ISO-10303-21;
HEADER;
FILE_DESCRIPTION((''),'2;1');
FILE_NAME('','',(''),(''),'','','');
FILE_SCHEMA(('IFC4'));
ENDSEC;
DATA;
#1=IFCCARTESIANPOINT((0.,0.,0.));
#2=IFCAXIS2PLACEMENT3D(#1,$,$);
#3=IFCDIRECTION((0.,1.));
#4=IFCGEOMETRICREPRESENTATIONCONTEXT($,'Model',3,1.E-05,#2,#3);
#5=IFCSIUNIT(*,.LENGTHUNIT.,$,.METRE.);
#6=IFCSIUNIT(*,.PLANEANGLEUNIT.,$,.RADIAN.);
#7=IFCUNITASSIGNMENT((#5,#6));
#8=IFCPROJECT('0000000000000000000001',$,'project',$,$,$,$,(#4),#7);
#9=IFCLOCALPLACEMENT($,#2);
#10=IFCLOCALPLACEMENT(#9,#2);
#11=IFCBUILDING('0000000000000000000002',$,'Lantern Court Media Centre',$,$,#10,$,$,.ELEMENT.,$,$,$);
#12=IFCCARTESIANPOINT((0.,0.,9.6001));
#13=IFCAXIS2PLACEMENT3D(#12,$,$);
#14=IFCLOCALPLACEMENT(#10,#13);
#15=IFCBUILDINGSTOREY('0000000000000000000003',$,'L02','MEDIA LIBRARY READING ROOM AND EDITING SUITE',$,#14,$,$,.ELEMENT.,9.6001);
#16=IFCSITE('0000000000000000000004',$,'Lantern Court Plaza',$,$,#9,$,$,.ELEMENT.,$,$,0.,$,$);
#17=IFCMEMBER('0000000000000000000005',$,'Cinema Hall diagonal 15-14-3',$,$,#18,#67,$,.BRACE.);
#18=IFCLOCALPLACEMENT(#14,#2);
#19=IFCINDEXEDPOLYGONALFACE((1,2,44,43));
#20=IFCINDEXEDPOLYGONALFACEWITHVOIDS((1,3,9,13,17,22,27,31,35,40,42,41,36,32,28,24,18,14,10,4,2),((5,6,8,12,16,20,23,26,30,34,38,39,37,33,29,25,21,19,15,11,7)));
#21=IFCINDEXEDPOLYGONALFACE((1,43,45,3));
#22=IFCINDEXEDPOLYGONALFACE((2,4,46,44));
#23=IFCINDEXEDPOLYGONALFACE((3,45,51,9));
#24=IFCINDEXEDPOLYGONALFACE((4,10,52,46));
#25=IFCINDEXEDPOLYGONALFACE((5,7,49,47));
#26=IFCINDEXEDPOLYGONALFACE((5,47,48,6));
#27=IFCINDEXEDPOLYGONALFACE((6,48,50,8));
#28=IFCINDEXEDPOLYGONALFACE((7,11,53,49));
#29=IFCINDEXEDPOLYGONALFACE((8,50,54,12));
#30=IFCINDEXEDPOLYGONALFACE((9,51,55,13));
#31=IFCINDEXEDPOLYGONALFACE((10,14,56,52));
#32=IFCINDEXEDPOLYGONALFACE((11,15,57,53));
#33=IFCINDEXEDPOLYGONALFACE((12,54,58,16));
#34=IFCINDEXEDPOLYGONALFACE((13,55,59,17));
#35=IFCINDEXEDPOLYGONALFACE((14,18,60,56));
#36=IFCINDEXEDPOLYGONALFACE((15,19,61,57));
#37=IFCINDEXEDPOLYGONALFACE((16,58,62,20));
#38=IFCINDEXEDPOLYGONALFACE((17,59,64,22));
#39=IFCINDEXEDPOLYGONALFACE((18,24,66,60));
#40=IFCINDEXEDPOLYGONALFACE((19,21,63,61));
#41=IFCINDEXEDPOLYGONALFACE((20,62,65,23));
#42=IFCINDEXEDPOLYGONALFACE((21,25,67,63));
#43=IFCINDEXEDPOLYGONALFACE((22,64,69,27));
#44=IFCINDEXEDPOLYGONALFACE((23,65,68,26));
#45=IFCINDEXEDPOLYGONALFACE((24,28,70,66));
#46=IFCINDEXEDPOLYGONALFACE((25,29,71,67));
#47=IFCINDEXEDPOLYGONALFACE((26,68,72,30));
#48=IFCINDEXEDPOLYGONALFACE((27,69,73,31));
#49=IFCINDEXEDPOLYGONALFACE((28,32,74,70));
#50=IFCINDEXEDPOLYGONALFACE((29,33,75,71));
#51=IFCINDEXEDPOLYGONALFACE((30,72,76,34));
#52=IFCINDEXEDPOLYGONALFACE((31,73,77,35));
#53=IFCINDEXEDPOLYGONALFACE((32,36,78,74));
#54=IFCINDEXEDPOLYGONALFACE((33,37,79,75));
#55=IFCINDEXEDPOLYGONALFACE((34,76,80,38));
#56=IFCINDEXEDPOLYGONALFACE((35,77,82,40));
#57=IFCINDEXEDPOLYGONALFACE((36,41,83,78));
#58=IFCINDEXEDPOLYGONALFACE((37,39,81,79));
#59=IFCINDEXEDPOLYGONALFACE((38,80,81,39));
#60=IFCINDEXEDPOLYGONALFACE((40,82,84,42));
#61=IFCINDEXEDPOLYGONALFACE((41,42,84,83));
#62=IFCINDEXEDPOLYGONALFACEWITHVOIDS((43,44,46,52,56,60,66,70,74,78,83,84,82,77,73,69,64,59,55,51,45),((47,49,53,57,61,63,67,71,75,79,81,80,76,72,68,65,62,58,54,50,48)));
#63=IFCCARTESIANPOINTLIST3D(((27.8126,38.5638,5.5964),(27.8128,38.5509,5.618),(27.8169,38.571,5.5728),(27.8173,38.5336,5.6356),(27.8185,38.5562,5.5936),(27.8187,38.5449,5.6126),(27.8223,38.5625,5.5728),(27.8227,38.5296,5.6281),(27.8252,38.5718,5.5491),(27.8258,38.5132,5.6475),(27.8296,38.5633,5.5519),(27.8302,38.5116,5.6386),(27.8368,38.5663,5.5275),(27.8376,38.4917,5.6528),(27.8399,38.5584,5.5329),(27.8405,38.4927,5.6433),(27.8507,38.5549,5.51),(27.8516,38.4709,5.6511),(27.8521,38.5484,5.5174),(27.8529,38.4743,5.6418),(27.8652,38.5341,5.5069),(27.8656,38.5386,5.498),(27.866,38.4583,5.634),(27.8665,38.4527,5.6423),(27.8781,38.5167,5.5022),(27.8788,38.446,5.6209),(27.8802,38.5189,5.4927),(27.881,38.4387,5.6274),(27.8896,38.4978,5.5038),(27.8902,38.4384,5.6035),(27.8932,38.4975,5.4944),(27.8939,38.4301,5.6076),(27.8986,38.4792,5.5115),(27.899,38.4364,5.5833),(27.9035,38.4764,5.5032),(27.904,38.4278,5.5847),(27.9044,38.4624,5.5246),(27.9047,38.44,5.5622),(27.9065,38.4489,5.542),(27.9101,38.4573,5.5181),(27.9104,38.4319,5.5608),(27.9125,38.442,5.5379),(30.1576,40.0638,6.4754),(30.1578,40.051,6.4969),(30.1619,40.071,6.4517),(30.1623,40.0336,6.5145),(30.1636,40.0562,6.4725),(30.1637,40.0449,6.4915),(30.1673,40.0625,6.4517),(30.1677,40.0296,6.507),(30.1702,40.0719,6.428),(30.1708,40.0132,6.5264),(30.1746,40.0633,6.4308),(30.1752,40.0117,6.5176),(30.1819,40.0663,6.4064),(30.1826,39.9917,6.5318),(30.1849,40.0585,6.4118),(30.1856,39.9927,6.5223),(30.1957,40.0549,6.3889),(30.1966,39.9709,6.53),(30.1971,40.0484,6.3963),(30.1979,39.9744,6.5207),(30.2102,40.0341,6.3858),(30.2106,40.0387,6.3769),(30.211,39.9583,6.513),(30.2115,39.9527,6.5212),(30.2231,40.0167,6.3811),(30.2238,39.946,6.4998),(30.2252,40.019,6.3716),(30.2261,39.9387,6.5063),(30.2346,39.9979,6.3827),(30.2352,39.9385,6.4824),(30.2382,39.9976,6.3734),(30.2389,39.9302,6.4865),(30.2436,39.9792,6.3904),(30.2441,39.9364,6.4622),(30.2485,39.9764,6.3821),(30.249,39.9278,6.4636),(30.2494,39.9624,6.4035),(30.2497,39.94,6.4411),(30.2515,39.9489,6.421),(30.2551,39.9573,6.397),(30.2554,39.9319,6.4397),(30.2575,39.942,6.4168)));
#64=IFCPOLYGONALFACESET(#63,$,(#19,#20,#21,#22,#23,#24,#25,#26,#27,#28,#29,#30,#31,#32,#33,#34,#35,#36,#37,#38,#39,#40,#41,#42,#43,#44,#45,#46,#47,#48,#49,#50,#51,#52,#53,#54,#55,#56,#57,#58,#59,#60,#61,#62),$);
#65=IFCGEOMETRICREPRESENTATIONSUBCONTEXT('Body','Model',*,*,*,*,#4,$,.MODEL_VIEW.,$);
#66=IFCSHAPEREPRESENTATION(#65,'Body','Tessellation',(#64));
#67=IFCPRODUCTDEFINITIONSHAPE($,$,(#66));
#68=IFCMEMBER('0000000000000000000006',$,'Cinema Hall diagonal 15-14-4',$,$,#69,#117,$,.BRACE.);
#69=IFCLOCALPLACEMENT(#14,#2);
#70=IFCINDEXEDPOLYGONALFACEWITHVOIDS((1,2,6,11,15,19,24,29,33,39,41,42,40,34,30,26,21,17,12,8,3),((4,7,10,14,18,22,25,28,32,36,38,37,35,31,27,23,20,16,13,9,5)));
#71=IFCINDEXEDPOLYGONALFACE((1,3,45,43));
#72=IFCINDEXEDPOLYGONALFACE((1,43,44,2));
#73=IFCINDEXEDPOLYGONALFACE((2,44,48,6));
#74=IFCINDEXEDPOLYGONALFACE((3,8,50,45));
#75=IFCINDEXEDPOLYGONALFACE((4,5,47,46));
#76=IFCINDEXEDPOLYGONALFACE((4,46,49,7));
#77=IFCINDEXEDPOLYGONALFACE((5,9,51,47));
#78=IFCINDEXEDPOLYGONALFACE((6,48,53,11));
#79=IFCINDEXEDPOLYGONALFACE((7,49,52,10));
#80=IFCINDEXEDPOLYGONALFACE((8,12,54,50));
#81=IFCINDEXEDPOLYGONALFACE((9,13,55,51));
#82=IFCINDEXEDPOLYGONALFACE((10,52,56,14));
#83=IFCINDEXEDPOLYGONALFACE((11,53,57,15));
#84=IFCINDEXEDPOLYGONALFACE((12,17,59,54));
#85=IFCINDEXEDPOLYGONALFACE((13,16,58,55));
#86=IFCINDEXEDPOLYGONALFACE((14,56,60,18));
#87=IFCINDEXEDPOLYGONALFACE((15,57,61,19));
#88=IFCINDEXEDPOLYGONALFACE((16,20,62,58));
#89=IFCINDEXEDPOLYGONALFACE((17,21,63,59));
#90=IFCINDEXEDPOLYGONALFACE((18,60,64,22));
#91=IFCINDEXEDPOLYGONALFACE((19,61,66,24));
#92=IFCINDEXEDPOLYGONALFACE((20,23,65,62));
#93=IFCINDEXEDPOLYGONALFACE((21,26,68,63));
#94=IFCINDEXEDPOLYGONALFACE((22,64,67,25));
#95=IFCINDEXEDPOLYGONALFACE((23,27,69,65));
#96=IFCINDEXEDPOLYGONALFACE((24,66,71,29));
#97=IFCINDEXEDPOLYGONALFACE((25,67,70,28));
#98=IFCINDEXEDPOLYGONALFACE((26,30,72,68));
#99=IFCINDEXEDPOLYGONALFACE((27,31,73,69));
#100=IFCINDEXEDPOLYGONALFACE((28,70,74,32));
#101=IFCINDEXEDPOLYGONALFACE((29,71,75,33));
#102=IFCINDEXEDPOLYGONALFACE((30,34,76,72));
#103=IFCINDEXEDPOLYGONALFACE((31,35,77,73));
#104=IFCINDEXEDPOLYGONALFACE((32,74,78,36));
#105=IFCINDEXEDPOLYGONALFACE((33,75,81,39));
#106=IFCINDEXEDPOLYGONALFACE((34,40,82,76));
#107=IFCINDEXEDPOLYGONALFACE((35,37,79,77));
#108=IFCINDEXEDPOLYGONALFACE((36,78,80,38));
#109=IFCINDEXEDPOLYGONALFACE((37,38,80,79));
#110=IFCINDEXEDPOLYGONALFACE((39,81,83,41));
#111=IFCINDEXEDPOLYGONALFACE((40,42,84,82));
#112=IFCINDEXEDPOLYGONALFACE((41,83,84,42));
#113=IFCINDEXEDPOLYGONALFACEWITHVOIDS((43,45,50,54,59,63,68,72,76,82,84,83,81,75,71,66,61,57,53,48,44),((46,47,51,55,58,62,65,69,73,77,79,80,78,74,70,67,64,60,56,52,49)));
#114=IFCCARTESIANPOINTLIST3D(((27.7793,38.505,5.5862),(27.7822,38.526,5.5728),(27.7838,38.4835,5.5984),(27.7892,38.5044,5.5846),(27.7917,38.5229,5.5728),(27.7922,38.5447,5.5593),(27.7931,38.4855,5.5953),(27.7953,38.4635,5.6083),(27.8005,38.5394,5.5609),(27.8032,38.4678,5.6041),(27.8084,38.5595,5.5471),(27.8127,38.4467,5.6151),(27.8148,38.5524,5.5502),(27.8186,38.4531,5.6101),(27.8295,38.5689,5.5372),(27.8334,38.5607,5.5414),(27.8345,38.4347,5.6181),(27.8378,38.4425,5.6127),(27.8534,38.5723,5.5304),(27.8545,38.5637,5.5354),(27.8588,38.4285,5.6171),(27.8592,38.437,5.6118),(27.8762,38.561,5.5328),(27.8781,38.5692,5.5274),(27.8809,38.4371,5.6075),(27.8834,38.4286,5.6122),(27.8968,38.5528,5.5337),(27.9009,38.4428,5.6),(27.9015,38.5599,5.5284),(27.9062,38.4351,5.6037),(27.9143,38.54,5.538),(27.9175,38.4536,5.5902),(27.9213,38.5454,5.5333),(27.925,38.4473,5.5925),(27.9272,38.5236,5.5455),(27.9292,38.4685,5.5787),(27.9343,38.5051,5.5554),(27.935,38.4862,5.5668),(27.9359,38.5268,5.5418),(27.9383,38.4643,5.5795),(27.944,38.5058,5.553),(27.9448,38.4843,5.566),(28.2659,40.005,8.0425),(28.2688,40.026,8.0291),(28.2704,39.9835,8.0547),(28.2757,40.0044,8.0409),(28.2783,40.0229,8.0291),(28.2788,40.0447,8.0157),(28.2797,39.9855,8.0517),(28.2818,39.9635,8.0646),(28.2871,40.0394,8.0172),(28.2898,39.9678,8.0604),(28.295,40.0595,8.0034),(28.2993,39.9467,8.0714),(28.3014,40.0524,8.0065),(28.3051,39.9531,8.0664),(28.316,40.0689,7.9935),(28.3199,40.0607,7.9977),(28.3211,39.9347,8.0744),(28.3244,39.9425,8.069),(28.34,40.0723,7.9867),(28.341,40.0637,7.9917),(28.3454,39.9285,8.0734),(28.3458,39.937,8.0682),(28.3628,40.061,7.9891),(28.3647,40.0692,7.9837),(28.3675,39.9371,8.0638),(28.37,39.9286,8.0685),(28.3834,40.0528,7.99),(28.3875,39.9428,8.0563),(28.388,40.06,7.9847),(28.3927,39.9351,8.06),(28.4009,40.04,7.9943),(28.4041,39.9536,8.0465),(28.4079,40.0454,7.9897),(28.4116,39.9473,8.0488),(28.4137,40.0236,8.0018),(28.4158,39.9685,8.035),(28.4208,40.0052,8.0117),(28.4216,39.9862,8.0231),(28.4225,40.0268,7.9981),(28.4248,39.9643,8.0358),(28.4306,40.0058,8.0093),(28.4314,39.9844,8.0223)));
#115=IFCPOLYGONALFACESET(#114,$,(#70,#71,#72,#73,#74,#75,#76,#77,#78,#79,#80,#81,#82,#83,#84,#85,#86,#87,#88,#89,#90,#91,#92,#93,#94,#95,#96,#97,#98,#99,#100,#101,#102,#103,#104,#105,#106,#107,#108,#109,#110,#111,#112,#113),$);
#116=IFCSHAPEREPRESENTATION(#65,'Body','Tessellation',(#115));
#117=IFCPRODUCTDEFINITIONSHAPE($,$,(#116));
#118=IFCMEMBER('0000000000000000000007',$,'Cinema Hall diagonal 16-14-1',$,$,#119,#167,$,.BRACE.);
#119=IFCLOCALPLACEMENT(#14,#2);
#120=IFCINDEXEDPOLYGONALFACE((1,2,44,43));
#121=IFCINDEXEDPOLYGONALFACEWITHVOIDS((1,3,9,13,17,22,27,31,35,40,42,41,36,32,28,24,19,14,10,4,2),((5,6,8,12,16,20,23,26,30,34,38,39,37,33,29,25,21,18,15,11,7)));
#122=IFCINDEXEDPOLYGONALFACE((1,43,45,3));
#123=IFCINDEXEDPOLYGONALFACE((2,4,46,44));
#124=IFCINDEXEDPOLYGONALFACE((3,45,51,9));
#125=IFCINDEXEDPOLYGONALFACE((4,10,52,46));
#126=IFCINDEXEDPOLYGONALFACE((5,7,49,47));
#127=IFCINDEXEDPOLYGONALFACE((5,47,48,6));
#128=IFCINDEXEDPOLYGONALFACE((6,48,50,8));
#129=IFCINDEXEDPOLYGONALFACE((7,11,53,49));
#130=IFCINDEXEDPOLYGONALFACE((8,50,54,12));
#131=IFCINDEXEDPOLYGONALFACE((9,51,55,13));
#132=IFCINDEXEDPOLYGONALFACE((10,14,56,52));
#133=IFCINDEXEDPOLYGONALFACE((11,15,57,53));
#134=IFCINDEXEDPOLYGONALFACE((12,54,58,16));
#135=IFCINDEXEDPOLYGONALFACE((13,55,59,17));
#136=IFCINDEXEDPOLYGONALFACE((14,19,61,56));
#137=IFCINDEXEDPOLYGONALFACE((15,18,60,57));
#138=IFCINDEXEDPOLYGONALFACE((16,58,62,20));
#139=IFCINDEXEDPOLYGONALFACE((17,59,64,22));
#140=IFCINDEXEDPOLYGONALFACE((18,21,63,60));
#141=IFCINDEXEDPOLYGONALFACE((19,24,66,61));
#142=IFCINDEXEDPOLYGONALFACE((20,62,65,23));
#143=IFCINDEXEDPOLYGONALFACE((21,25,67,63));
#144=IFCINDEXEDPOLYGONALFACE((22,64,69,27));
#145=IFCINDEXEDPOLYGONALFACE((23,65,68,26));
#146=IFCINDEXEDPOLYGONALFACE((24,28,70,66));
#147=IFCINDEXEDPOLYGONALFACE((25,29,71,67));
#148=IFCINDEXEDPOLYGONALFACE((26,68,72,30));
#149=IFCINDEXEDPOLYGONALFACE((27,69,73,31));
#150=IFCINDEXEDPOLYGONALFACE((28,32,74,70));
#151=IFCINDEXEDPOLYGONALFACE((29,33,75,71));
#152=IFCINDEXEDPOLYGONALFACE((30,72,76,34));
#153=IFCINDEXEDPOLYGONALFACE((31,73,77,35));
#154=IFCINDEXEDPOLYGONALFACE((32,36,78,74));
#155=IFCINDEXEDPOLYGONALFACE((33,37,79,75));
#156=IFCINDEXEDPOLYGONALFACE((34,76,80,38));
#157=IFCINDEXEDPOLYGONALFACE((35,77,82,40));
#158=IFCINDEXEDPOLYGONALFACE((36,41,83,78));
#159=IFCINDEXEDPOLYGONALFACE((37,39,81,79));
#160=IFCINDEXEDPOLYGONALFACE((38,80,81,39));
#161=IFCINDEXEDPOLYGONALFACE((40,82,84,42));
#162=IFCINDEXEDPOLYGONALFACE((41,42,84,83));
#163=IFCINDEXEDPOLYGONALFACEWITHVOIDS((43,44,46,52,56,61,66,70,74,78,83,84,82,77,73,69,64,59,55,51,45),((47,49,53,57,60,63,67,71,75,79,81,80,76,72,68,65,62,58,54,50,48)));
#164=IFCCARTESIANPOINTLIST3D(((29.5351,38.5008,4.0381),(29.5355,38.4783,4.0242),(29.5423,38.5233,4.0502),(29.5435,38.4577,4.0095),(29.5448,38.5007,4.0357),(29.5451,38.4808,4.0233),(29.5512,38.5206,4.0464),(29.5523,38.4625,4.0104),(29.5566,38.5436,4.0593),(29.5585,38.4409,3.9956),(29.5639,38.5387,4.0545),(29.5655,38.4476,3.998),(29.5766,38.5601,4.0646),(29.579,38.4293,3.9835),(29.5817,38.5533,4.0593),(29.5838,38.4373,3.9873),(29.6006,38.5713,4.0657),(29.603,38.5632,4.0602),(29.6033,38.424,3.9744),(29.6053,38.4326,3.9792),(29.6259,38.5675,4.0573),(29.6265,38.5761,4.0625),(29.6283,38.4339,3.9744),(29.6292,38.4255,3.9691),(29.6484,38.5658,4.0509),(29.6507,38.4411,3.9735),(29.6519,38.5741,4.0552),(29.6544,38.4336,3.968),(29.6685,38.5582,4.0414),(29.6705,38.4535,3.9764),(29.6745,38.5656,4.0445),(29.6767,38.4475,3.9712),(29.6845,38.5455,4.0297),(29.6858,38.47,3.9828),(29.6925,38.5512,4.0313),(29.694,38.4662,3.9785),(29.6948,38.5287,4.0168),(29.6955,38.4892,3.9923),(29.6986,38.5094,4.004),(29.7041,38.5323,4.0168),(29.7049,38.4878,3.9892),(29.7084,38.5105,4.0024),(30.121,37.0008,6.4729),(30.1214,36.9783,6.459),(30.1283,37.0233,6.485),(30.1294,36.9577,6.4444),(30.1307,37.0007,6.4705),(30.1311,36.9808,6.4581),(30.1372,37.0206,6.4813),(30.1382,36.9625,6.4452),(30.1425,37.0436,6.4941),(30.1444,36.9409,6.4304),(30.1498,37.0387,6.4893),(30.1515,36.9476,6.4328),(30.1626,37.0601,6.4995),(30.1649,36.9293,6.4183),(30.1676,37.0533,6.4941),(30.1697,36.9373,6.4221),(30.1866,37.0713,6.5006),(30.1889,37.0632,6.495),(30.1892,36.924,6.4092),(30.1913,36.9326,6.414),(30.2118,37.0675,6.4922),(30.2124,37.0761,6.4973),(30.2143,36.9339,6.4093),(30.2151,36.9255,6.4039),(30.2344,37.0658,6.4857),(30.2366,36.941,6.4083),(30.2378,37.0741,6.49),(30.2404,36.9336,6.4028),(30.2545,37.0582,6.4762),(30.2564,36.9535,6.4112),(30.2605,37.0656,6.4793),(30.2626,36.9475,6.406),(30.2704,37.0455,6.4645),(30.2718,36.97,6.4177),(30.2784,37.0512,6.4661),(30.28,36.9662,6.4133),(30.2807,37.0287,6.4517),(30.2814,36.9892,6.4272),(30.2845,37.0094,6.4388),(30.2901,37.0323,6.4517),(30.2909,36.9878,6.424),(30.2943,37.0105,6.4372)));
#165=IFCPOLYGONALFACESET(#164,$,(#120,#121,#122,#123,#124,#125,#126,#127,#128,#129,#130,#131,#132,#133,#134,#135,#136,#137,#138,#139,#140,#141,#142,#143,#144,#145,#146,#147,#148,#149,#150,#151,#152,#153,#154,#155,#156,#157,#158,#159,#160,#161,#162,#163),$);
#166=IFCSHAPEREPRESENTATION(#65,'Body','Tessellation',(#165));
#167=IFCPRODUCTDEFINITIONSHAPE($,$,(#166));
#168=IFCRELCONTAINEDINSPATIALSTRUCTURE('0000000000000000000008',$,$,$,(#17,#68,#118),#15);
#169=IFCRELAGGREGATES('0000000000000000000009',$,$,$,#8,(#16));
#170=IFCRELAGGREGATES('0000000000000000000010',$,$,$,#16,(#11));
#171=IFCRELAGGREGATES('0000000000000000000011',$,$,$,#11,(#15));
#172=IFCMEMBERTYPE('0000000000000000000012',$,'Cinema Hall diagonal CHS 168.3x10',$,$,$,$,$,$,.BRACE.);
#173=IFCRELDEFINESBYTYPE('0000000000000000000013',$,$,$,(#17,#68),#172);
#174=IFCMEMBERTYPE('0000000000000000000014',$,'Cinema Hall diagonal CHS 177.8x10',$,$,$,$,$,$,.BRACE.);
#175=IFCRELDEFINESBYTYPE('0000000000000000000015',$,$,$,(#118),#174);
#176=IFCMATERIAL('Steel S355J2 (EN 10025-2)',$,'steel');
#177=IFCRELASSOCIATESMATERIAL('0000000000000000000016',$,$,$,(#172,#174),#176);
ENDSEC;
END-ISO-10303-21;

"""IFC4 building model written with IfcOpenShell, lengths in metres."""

from ifc_helpers import new_model, si_unit, direction, frame, origin, origin_2d, place, context, subcontext, project, spatial, hollow_circle, extrude, material, material_profile, profile_set, type_object, element, save


model = new_model("IFC4")

# Units and contexts
model_context = context("Model", 3, precision=1e-05, world=origin(), true_north=direction((0.0, 1.0)))
body_context = subcontext(model_context, "Body", "Model", "MODEL_VIEW")
ifc_project = project(units=[si_unit("LENGTHUNIT", "METRE"), si_unit("PLANEANGLEUNIT", "RADIAN")], contexts=[model_context])

# Site, building, storey
site_placement = place(None, origin())
site = spatial("IfcSite", under=ifc_project, at=site_placement, Name="Lantern Court Plaza", CompositionType="ELEMENT", RefElevation=0.0)
building_placement = place(site_placement, origin())
building = spatial("IfcBuilding", under=site, at=building_placement, Name="Lantern Court Media Centre", CompositionType="ELEMENT")
storey_placement = place(building_placement, frame((0.0, 0.0, 9.6001)))
storey = spatial("IfcBuildingStorey", under=building, at=storey_placement, Name="L02", Description="MEDIA LIBRARY READING ROOM AND EDITING SUITE", CompositionType="ELEMENT", Elevation=9.6001)

# Members
ifc_material_1 = material(Name="Steel S355J2 (EN 10025-2)", Category="steel")
ifc_material_profile_1 = material_profile(ifc_material_1, hollow_circle(Radius=0.0842, WallThickness=0.01, at=origin_2d()), Name="Cinema Hall diagonal CHS 168.3x10")
ifc_profile_set_1 = profile_set([ifc_material_profile_1], Name="Steel S355J2 (EN 10025-2)")
member_type_1 = type_object("IfcMemberType", Name="Cinema Hall diagonal CHS 168.3x10", PredefinedType="BRACE", material=ifc_profile_set_1)
for number, where, z_axis, x_axis, name in (
    (1, (27.8623, 38.5, 5.5728), (0.803309, 0.51385, 0.301084), (-0.538855, 0.842399, 0.0), "Cinema Hall diagonal 15-14-3"),
):
    element("IfcMember", number, at=place(storey_placement, frame(where, z_axis=z_axis, x_axis=x_axis)), inside=storey, type_object=member_type_1, Name=name, PredefinedType="BRACE", context=body_context, shape_type="SweptSolid", body=[
        extrude(hollow_circle(Radius=0.0842, WallThickness=0.01, at=origin_2d()), origin(), (0.0, 0.0, 1.0), 2.9192),
    ])
member_1_placement = place(storey_placement, frame((27.8623, 38.5, 5.5728), z_axis=(0.166695, 0.513887, 0.841506), x_axis=(-0.951207, 0.308554, 0.0)))
element("IfcMember", 2, at=member_1_placement, inside=storey, type_object=member_type_1, Name="Cinema Hall diagonal 15-14-4", PredefinedType="BRACE", context=body_context, shape_type="SweptSolid", body=[
    extrude(hollow_circle(Radius=0.0842, WallThickness=0.01, at=origin_2d()), origin(), (0.0, 0.0, 1.0), 2.9189),
])
ifc_material_profile_2 = material_profile(ifc_material_1, hollow_circle(Radius=0.0889, WallThickness=0.01, at=origin_2d()), Name="Cinema Hall diagonal CHS 177.8x10")
ifc_profile_set_2 = profile_set([ifc_material_profile_2], Name="Steel S355J2 (EN 10025-2)")
member_type_2 = type_object("IfcMemberType", Name="Cinema Hall diagonal CHS 177.8x10", PredefinedType="BRACE", material=ifc_profile_set_2)
for number, where, z_axis, x_axis, name in (
    (3, (29.6213, 38.5, 4.0168), (0.20072, -0.513842, 0.834073), (0.931457, 0.363851, 0.0), "Cinema Hall diagonal 16-14-1"),
):
    element("IfcMember", number, at=place(storey_placement, frame(where, z_axis=z_axis, x_axis=x_axis)), inside=storey, type_object=member_type_2, Name=name, PredefinedType="BRACE", context=body_context, shape_type="SweptSolid", body=[
        extrude(hollow_circle(Radius=0.0889, WallThickness=0.01, at=origin_2d()), origin(), (0.0, 0.0, 1.0), 2.9192),
    ])

save(model, "model.ifc")
